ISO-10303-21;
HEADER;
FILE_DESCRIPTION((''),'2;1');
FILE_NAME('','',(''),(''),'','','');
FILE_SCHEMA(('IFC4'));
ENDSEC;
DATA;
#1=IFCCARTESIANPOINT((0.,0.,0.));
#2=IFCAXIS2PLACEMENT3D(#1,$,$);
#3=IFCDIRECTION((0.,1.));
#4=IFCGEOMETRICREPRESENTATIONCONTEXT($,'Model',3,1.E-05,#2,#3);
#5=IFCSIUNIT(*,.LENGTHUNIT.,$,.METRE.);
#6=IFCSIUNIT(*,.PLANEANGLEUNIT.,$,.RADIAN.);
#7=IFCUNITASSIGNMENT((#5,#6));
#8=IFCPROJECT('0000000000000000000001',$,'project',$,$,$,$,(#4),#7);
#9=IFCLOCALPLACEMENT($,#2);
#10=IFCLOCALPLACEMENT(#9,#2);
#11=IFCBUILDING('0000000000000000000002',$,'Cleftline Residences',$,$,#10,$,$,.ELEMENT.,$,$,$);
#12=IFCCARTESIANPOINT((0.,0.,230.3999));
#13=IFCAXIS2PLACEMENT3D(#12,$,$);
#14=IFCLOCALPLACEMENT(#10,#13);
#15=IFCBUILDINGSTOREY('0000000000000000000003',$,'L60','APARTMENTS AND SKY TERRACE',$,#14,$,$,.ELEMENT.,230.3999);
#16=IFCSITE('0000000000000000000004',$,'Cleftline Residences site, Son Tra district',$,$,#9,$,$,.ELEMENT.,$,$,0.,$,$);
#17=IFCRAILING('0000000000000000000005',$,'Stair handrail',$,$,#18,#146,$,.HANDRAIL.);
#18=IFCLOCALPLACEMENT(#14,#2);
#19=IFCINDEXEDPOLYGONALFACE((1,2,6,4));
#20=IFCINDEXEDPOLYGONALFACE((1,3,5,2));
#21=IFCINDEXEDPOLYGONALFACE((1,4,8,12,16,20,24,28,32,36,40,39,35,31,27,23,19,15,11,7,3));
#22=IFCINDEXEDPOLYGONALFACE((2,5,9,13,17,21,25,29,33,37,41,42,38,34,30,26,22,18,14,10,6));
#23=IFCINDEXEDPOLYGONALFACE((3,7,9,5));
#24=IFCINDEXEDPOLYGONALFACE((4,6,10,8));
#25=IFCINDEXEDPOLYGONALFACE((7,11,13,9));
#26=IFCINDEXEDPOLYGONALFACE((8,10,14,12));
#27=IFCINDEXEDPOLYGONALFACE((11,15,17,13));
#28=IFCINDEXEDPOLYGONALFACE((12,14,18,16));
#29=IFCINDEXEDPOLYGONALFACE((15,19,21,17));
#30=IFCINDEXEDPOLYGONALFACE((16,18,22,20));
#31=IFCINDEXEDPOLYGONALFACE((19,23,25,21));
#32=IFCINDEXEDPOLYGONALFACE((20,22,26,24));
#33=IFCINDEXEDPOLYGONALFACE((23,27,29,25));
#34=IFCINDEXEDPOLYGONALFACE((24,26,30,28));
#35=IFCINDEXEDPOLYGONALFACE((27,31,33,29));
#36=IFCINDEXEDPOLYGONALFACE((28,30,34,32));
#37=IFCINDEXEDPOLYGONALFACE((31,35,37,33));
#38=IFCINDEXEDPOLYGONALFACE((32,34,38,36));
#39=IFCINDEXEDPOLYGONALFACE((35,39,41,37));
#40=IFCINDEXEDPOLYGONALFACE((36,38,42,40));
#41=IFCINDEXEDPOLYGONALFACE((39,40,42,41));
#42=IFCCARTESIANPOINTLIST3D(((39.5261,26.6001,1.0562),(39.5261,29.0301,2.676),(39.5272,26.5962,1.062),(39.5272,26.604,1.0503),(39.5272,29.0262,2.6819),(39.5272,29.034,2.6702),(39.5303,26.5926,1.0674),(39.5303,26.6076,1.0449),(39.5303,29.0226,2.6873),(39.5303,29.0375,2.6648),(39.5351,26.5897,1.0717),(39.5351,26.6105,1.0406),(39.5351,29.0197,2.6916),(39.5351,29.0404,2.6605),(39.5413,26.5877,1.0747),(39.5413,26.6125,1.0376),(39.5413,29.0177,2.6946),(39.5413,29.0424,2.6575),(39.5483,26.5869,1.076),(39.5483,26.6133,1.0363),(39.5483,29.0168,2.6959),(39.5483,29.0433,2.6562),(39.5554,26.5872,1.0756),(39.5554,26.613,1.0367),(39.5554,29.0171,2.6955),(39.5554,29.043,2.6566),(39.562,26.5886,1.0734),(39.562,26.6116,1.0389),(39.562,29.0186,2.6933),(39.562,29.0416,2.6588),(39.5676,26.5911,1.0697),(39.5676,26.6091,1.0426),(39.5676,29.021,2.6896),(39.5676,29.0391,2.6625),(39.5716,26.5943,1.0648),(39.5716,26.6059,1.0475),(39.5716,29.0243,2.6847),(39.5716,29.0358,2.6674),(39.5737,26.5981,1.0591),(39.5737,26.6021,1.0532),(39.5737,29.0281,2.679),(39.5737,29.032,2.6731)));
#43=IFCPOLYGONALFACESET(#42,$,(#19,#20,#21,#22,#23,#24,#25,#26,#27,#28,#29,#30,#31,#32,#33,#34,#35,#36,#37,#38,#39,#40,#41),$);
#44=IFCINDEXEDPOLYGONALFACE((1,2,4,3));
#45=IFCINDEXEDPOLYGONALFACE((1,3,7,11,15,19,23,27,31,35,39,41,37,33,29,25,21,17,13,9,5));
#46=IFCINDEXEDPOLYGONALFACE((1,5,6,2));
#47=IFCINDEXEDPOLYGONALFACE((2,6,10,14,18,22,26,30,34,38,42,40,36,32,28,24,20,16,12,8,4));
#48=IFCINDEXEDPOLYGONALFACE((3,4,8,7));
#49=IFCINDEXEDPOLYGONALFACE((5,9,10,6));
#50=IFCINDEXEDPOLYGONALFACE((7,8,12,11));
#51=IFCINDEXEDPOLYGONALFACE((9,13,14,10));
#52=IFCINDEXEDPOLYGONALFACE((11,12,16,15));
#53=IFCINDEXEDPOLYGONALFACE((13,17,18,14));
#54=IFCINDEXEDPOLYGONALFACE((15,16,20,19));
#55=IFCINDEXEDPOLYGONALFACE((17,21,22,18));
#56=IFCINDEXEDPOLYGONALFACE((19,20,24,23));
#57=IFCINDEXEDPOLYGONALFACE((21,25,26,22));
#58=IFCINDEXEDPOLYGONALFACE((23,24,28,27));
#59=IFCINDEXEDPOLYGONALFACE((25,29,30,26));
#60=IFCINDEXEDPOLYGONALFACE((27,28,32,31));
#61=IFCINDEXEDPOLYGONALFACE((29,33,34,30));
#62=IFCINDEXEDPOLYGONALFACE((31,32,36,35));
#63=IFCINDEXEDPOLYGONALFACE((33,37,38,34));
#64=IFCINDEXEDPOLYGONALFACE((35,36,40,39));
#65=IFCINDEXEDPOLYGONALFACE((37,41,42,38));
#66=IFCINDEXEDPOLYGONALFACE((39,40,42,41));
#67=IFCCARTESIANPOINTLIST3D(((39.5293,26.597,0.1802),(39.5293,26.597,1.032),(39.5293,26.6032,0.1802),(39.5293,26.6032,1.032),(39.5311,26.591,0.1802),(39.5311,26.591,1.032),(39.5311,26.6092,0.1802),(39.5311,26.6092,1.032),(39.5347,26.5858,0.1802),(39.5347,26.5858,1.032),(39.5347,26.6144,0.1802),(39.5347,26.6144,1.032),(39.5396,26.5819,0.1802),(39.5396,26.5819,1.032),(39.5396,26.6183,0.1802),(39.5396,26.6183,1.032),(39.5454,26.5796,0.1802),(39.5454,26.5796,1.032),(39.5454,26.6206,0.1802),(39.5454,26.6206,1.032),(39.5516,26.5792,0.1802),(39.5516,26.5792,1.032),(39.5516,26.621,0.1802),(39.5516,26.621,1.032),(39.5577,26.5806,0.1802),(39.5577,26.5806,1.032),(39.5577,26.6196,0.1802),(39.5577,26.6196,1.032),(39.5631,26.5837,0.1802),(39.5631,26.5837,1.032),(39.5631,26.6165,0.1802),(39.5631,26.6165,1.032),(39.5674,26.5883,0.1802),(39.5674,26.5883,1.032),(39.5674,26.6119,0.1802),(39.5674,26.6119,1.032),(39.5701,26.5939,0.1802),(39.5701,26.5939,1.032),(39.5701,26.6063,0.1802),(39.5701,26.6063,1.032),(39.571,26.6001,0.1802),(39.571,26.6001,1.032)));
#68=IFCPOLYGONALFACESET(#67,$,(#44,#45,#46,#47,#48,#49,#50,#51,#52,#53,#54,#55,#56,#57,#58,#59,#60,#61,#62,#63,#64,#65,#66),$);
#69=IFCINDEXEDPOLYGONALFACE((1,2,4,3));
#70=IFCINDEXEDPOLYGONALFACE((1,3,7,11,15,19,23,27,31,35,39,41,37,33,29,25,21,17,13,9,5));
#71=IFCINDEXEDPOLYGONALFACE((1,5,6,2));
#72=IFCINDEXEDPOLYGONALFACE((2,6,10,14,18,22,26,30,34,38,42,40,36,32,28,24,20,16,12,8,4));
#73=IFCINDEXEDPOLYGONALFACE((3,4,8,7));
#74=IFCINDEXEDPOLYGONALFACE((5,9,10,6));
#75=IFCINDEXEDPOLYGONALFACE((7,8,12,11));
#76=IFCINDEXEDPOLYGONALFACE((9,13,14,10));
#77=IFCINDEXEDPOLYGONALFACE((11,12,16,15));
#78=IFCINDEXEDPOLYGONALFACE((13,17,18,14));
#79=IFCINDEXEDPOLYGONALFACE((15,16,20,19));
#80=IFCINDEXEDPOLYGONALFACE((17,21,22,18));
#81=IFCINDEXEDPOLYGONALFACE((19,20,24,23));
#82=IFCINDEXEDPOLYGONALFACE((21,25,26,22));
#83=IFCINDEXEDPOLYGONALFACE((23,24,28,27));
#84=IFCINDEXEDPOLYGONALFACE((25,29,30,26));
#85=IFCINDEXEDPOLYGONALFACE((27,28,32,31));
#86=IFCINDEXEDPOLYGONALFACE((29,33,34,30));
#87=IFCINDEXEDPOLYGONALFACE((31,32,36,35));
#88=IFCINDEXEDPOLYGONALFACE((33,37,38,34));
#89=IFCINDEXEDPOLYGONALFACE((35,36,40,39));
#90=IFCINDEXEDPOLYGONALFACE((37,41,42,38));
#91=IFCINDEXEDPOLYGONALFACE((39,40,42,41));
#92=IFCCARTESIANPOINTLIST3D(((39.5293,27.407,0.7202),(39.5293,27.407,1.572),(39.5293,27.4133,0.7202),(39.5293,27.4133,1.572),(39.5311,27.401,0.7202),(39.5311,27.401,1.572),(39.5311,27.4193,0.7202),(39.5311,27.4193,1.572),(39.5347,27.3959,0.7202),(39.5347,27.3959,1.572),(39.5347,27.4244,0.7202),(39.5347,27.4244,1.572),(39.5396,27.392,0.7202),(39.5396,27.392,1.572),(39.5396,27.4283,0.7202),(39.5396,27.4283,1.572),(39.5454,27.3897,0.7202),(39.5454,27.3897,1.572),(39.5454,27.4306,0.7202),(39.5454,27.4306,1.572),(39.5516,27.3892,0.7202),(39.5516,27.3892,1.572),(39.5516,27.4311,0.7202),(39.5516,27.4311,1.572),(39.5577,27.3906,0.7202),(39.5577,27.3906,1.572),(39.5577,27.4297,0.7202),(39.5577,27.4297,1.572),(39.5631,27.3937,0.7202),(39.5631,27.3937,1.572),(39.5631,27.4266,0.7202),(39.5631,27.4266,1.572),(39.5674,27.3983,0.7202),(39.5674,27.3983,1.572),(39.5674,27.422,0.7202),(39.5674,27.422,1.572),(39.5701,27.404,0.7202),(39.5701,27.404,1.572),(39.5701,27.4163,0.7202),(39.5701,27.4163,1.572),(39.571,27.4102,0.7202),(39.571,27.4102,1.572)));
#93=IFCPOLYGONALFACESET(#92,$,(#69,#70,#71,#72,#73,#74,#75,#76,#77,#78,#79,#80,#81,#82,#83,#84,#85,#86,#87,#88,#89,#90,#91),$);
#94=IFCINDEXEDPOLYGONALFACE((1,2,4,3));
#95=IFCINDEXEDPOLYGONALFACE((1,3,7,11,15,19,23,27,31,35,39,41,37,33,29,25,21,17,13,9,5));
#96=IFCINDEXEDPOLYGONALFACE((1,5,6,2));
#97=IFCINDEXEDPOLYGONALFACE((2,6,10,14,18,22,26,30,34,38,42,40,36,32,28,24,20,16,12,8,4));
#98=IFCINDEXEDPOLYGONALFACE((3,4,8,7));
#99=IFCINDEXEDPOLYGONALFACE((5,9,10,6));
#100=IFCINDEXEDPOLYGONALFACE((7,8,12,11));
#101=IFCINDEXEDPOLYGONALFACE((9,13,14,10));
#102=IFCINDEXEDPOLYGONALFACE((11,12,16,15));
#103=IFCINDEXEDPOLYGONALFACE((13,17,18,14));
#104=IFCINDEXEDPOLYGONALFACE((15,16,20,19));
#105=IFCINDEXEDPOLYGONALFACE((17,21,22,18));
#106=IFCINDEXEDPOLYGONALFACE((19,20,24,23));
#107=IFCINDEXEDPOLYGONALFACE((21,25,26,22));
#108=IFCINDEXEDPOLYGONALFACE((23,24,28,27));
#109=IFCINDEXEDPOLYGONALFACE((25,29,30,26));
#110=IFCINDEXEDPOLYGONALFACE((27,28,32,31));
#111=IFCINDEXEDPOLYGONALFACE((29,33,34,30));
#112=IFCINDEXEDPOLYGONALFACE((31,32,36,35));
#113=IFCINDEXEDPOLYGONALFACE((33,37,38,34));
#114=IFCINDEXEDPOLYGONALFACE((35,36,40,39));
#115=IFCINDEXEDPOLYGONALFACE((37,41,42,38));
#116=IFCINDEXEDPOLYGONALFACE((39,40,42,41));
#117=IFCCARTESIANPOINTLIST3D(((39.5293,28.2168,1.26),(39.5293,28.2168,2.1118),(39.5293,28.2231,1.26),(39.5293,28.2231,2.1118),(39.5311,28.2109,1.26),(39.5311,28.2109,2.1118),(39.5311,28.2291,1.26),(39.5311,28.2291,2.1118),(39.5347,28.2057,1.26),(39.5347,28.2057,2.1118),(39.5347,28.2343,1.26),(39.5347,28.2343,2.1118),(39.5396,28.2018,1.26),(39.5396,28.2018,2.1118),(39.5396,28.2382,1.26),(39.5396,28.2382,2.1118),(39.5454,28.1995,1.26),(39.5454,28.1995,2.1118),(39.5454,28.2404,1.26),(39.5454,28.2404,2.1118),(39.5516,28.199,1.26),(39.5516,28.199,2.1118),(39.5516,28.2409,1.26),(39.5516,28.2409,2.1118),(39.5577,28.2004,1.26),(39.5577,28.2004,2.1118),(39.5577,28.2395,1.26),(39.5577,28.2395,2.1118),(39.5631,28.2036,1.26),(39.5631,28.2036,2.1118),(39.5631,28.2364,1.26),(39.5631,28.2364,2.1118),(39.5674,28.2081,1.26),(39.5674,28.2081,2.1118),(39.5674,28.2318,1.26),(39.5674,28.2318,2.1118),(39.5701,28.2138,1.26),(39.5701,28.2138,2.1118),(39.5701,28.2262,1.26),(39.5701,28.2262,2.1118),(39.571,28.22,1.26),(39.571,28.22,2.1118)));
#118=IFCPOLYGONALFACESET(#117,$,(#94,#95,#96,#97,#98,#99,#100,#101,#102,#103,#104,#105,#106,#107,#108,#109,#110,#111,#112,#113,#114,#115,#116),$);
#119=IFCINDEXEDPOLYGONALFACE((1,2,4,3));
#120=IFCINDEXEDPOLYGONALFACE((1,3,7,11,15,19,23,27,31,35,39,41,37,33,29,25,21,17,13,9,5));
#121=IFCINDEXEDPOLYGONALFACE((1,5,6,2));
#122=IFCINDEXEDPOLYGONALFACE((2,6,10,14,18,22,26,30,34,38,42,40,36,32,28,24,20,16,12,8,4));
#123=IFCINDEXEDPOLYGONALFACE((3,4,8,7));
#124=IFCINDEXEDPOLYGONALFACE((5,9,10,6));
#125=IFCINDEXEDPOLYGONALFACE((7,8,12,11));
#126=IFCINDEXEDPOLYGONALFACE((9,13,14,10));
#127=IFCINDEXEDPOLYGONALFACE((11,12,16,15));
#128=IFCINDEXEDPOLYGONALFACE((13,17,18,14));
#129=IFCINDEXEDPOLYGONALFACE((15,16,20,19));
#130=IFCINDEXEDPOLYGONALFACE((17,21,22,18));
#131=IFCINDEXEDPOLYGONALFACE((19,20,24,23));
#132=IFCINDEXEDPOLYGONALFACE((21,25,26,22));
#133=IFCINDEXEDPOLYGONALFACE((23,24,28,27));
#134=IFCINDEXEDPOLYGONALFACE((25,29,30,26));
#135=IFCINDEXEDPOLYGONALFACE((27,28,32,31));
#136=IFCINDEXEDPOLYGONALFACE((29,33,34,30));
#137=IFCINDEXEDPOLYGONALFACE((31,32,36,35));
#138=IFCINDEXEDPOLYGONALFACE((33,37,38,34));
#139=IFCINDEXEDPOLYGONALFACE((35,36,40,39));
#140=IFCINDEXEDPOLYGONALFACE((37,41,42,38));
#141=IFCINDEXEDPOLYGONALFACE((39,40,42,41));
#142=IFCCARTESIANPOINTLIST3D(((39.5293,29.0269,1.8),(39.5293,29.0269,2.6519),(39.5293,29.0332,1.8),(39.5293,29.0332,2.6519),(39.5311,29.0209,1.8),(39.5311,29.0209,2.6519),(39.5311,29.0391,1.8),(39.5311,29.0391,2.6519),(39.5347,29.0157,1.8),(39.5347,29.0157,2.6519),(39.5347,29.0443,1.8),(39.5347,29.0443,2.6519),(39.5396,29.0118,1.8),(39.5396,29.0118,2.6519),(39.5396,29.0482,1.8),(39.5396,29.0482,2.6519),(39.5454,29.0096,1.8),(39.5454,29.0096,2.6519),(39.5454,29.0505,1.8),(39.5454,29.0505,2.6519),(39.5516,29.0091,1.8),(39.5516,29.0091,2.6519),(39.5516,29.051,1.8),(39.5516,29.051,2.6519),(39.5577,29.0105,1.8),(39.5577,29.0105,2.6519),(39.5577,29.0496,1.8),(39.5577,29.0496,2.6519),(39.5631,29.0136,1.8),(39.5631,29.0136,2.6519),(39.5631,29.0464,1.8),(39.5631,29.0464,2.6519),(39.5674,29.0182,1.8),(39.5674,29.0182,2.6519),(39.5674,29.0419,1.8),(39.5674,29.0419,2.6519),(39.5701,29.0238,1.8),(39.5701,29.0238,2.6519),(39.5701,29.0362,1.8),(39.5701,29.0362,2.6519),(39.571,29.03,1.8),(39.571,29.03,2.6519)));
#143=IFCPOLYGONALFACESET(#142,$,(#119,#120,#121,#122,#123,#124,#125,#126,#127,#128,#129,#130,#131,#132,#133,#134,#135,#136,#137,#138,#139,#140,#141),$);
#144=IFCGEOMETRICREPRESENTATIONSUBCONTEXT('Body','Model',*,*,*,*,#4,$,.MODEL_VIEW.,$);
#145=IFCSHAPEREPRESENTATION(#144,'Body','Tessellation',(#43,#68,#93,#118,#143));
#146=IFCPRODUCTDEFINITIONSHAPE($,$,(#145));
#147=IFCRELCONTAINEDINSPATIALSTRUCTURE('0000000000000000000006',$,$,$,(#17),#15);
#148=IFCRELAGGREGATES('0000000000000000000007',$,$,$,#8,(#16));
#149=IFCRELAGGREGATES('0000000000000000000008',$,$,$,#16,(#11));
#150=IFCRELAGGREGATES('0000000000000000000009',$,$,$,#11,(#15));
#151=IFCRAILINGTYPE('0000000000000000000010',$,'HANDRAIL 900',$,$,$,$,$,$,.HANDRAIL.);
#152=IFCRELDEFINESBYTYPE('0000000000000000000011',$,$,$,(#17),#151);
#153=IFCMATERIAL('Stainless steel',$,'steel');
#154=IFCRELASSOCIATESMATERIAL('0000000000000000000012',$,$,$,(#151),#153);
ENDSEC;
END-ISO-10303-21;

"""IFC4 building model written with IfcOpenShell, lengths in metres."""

from ifc_helpers import new_model, si_unit, direction, frame, origin, origin_2d, place, context, subcontext, project, spatial, circle, extrude, material, type_object, element, save


model = new_model("IFC4")

# Units and contexts
model_context = context("Model", 3, precision=1e-05, world=origin(), true_north=direction((0.0, 1.0)))
body_context = subcontext(model_context, "Body", "Model", "MODEL_VIEW")
ifc_project = project(units=[si_unit("LENGTHUNIT", "METRE"), si_unit("PLANEANGLEUNIT", "RADIAN")], contexts=[model_context])

# Site, building, storey
site_placement = place(None, origin())
site = spatial("IfcSite", under=ifc_project, at=site_placement, Name="Cleftline Residences site, Son Tra district", CompositionType="ELEMENT", RefElevation=0.0)
building_placement = place(site_placement, origin())
building = spatial("IfcBuilding", under=site, at=building_placement, Name="Cleftline Residences", CompositionType="ELEMENT")
storey_placement = place(building_placement, frame((0.0, 0.0, 230.3999)))
storey = spatial("IfcBuildingStorey", under=building, at=storey_placement, Name="L60", Description="APARTMENTS AND SKY TERRACE", CompositionType="ELEMENT", Elevation=230.3999)

# Railing
ifc_material_1 = material(Name="Stainless steel", Category="steel")
railing_type = type_object("IfcRailingType", Name="HANDRAIL 900", PredefinedType="HANDRAIL", material=ifc_material_1)
railing_1_placement = place(storey_placement, frame((39.55, 26.6001, 0.1802)))
element("IfcRailing", 1, at=railing_1_placement, inside=storey, type_object=railing_type, Name="Stair handrail", PredefinedType="HANDRAIL", context=body_context, shape_type="SweptSolid", body=[
    extrude(circle(Radius=0.0239, at=origin_2d()), frame((0.0, 0.0, 0.876), z_axis=(0.0, 0.832063, 0.554681), x_axis=(-1.0, 0.0, 0.0)), (0.0, 0.0, 1.0), 2.9204),
    extrude(circle(Radius=0.021, at=origin_2d()), origin(), (0.0, 0.0, 1.0), 0.8518),
    extrude(circle(Radius=0.021, at=origin_2d()), frame((0.0, 0.8101, 0.54)), (0.0, 0.0, 1.0), 0.8518),
    extrude(circle(Radius=0.021, at=origin_2d()), frame((0.0, 1.6199, 1.0798)), (0.0, 0.0, 1.0), 0.8518),
    extrude(circle(Radius=0.021, at=origin_2d()), frame((0.0, 2.4299, 1.6199)), (0.0, 0.0, 1.0), 0.8518),
])

save(model, "model.ifc")
